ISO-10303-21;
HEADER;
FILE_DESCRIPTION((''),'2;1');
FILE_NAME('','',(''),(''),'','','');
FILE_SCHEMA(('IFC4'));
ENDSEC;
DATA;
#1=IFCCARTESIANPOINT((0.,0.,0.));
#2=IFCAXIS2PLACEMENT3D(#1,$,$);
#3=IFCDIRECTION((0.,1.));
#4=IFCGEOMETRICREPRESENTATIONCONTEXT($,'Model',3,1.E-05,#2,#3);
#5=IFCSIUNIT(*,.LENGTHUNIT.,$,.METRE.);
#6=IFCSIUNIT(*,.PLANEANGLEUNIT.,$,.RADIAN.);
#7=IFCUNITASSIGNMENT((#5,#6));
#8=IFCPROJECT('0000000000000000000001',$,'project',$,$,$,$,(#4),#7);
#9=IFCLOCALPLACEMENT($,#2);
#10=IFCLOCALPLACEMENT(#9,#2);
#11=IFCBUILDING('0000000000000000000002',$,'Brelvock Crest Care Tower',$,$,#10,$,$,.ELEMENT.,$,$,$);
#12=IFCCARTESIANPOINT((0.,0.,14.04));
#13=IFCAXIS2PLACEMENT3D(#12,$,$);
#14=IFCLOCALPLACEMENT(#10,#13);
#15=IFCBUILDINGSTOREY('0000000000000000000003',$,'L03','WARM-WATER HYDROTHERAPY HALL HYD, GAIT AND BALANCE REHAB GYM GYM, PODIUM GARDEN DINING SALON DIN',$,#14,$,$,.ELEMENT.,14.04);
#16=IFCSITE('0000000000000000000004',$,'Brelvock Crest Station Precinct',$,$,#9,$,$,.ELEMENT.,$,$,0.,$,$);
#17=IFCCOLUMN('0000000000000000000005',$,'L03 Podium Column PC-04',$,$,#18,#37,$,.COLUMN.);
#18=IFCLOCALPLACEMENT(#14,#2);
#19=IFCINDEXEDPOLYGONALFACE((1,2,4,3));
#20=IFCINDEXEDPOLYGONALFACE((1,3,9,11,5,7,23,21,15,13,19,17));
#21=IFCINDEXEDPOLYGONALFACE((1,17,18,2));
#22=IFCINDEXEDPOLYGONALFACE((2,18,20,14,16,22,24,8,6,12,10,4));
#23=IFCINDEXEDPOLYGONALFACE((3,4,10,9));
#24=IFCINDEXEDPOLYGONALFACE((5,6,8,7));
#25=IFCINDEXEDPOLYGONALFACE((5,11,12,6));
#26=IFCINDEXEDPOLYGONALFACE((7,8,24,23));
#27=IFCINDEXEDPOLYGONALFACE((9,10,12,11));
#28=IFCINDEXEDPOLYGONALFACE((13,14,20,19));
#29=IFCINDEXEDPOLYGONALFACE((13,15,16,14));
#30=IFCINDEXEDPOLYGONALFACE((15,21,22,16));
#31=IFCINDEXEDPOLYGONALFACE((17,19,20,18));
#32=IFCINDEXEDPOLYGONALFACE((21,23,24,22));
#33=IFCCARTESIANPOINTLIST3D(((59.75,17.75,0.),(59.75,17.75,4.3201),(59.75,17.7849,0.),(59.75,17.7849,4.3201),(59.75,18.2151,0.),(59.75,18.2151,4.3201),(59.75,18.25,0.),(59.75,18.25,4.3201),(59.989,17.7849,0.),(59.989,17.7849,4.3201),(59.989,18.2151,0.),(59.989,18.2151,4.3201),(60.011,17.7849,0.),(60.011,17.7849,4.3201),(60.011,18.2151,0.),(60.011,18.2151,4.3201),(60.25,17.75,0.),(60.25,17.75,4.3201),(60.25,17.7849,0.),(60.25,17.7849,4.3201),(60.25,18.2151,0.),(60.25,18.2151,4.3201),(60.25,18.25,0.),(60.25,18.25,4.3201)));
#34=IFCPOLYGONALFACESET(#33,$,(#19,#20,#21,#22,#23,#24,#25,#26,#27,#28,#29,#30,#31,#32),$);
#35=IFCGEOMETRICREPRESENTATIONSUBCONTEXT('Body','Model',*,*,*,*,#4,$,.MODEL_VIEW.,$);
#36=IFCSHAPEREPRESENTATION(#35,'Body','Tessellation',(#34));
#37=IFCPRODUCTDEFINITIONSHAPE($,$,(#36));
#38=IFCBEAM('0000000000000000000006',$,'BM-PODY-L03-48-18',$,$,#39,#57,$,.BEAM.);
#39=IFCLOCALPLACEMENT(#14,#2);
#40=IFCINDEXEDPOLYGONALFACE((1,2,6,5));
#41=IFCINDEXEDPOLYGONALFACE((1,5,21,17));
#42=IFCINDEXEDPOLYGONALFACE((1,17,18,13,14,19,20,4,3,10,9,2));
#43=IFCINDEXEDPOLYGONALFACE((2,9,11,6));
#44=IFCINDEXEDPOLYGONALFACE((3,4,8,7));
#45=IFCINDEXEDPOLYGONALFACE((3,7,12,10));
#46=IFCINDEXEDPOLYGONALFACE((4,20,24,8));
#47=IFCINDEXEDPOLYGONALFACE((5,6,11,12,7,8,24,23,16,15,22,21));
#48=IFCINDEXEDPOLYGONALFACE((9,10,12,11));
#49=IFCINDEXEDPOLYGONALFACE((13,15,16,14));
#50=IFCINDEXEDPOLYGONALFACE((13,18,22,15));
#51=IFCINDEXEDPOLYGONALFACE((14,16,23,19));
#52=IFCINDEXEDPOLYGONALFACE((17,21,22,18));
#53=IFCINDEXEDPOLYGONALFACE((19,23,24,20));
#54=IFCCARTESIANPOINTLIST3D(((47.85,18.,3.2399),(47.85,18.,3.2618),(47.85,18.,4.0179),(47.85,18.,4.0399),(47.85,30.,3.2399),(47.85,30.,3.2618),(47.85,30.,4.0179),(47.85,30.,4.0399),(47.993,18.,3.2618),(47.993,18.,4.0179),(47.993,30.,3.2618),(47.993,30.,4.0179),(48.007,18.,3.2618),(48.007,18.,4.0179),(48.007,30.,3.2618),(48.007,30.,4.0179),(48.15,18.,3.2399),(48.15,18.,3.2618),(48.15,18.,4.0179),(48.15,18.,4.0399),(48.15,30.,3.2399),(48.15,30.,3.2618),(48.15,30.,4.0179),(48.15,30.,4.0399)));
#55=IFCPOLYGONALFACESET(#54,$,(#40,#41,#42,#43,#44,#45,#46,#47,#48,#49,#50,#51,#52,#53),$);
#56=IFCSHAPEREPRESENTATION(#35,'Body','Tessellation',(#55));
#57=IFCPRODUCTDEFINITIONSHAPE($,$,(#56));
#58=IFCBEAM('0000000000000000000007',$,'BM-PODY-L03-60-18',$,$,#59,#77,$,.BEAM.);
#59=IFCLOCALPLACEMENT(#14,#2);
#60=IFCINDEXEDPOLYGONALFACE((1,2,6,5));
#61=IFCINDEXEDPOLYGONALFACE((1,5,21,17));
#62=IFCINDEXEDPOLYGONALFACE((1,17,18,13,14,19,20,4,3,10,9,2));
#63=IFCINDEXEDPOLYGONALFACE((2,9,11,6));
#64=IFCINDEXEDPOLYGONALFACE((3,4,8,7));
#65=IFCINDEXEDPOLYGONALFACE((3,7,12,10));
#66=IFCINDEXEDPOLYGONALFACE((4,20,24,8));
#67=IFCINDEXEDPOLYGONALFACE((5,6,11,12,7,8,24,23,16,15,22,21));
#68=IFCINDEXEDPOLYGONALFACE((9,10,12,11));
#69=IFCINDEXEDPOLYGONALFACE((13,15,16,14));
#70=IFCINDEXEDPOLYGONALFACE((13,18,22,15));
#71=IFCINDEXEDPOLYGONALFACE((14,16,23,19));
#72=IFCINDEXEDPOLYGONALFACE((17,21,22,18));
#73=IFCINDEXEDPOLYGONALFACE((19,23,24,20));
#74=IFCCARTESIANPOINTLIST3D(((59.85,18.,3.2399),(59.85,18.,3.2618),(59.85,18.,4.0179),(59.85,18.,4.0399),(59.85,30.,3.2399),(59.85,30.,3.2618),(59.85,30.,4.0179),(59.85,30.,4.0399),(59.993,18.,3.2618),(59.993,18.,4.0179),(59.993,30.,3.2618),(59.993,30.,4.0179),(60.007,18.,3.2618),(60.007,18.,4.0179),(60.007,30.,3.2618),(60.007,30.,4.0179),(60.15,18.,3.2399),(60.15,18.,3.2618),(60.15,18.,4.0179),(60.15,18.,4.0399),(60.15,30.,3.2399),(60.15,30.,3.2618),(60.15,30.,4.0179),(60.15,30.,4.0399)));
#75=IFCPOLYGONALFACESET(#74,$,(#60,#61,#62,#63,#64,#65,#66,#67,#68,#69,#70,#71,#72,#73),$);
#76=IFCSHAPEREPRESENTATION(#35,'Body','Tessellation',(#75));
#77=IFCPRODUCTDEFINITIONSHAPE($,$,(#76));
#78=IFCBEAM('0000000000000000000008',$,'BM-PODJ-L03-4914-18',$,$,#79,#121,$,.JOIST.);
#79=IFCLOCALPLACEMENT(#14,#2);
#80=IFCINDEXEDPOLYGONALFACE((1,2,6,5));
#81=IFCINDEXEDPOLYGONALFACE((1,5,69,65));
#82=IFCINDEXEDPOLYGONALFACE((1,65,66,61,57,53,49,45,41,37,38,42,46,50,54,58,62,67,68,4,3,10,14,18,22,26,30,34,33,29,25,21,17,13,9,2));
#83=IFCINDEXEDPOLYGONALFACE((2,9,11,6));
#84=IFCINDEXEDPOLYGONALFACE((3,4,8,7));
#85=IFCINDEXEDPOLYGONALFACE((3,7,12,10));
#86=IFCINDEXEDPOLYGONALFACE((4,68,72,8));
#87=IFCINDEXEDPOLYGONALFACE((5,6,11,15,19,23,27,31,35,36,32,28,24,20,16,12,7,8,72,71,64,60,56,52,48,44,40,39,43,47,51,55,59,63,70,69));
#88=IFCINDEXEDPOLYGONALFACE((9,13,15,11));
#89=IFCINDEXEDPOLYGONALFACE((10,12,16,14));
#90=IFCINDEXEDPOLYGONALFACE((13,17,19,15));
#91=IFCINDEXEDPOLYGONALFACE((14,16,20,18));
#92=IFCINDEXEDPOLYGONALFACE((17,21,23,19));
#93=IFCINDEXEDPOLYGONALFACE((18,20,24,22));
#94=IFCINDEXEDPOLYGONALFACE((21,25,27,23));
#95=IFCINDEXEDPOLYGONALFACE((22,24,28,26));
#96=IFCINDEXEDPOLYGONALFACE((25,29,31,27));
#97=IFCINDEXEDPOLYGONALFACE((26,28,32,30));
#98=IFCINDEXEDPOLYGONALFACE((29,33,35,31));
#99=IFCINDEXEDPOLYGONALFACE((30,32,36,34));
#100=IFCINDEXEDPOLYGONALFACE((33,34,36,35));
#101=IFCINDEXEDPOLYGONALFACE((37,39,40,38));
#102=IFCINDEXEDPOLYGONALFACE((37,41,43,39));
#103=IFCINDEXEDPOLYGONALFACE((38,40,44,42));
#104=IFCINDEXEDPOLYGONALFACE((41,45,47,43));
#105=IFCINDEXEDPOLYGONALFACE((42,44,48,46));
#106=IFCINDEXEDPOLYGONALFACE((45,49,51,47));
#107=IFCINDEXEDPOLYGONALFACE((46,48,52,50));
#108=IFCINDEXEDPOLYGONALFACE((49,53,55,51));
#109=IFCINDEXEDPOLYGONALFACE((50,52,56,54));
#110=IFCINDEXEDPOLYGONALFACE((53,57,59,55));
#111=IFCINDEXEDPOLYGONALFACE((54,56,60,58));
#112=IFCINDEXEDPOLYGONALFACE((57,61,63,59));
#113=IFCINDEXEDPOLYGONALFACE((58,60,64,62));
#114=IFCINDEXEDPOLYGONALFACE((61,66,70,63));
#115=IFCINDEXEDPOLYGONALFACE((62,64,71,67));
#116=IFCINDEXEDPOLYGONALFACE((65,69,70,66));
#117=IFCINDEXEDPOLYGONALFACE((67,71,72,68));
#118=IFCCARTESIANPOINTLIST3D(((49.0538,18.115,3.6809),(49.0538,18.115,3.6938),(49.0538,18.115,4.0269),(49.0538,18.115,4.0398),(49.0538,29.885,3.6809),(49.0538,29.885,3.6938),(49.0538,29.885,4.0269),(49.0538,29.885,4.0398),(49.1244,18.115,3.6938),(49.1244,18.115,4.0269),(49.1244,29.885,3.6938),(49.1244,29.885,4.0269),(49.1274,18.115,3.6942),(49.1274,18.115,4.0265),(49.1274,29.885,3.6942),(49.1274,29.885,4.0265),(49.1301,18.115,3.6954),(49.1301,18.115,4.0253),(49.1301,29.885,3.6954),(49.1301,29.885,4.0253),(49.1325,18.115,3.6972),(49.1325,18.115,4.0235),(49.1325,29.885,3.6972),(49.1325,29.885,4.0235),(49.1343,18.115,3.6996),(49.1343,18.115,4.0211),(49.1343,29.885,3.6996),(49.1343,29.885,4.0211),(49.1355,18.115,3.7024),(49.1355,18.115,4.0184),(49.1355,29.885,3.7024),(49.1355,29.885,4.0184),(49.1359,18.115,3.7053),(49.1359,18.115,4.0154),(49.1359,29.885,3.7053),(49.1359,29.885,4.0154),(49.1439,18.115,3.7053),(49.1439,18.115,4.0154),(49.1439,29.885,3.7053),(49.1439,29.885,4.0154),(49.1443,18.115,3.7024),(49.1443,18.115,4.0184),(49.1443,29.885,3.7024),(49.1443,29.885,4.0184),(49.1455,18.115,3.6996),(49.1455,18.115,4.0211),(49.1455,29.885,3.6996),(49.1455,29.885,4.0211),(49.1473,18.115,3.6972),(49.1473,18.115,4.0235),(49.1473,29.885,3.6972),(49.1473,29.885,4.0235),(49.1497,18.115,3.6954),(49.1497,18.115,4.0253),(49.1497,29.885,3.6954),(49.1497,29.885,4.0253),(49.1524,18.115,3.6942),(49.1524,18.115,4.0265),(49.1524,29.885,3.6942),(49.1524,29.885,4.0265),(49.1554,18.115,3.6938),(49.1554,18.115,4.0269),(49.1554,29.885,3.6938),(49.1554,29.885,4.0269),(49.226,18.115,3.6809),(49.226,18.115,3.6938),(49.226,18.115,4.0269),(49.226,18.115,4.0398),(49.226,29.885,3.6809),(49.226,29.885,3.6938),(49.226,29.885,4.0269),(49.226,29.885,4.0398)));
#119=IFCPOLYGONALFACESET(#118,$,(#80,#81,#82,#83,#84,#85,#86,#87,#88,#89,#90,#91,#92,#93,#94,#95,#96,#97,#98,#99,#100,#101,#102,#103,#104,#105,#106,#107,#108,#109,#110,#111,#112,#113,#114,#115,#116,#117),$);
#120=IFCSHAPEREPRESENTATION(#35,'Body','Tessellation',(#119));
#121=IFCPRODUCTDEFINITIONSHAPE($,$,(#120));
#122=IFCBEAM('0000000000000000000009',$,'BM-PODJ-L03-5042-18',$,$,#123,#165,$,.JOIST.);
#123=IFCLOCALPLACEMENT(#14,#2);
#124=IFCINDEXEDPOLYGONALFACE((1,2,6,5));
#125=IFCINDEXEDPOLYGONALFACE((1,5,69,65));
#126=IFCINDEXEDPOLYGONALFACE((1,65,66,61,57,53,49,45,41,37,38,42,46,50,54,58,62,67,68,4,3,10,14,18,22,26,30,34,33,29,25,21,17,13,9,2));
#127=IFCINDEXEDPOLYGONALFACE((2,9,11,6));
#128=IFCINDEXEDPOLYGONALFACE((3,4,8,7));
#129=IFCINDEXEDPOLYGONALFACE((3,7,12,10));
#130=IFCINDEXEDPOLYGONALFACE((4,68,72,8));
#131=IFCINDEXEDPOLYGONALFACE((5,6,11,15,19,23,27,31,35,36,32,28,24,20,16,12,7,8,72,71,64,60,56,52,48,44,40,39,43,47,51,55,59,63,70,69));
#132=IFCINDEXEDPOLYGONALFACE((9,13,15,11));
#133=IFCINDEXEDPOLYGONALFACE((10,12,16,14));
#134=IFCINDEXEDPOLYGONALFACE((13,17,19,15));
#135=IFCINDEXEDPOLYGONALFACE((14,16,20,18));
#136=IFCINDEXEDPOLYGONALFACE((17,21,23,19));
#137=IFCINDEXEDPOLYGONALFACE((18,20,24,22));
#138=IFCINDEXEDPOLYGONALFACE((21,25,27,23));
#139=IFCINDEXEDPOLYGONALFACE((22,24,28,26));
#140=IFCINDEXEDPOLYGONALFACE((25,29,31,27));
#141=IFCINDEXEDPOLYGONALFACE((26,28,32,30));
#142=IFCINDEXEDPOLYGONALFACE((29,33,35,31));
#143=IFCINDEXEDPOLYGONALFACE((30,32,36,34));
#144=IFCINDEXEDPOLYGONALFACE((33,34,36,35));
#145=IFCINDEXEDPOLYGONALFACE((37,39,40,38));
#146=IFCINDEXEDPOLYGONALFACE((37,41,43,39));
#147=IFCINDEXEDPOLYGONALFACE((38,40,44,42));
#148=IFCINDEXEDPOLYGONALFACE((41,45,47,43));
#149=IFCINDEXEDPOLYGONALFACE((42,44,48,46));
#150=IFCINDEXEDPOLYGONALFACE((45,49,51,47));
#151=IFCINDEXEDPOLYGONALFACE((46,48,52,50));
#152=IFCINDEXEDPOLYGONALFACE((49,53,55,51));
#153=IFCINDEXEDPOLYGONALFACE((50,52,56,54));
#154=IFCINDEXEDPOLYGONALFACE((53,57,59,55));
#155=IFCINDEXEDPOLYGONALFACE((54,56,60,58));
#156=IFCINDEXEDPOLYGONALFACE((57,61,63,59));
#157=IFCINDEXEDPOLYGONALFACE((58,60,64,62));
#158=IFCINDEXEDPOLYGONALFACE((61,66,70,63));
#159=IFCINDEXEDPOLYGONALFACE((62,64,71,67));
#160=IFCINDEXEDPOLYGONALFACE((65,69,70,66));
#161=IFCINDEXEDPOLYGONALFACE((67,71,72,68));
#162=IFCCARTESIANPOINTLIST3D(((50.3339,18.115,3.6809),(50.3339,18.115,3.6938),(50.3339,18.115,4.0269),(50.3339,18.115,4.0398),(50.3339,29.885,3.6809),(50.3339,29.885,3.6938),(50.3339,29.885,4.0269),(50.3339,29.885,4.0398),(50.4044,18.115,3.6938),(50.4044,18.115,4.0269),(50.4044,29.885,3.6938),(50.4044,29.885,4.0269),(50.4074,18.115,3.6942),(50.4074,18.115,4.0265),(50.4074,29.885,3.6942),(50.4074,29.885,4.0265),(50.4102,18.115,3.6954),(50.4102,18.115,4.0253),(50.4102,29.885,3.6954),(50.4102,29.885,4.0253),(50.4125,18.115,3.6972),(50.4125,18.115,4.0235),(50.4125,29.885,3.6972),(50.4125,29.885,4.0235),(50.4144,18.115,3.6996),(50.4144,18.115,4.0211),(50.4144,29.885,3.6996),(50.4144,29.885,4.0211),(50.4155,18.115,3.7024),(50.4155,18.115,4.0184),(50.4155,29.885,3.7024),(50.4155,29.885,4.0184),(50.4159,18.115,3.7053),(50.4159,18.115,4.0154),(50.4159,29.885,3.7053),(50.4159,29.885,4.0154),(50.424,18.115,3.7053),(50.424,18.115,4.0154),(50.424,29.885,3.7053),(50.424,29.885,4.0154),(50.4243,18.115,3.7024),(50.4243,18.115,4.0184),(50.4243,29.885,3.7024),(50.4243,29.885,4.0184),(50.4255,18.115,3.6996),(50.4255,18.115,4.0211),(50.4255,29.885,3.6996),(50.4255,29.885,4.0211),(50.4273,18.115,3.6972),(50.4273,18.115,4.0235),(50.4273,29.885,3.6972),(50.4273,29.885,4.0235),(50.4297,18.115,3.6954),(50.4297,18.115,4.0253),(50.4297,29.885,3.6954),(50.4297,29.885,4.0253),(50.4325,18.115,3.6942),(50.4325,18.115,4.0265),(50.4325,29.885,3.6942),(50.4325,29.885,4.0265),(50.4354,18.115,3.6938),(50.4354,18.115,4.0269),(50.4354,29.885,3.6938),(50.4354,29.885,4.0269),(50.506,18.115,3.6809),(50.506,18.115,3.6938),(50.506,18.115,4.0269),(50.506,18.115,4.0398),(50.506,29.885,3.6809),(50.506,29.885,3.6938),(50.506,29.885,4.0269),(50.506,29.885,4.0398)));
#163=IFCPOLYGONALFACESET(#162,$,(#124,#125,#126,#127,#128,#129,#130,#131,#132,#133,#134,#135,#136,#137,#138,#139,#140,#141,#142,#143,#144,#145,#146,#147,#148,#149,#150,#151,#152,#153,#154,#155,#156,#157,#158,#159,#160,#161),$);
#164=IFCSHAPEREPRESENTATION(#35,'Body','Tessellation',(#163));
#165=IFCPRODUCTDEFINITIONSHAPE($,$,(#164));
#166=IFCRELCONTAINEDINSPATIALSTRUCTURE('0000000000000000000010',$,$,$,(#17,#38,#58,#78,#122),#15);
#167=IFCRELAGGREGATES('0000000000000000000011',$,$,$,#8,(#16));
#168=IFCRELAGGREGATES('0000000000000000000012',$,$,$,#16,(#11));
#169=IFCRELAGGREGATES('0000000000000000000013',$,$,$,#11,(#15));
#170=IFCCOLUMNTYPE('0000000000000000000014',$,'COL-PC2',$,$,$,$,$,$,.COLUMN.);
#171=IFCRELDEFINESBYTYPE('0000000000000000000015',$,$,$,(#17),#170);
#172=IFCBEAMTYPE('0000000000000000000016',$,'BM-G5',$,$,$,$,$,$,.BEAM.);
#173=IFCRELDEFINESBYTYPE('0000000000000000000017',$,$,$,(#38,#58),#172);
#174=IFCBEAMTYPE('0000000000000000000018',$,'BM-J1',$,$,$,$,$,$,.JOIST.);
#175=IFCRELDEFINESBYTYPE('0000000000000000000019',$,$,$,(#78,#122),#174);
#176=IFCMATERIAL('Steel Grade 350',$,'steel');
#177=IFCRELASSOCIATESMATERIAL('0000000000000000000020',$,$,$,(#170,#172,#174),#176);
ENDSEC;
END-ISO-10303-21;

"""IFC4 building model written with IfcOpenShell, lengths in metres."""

from ifc_helpers import new_model, si_unit, direction, frame, origin, origin_2d, place, context, subcontext, project, spatial, i_section, extrude, source, transform, mapped, material, material_profile, profile_set, type_object, element, save


model = new_model("IFC4")

# Units and contexts
model_context = context("Model", 3, precision=1e-05, world=origin(), true_north=direction((0.0, 1.0)))
body_context = subcontext(model_context, "Body", "Model", "MODEL_VIEW")
ifc_project = project(units=[si_unit("LENGTHUNIT", "METRE"), si_unit("PLANEANGLEUNIT", "RADIAN")], contexts=[model_context])

# Site, building, storey
site_placement = place(None, origin())
site = spatial("IfcSite", under=ifc_project, at=site_placement, Name="Brelvock Crest Station Precinct", CompositionType="ELEMENT", RefElevation=0.0)
building_placement = place(site_placement, origin())
building = spatial("IfcBuilding", under=site, at=building_placement, Name="Brelvock Crest Care Tower", CompositionType="ELEMENT")
storey_placement = place(building_placement, frame((0.0, 0.0, 14.04)))
storey = spatial("IfcBuildingStorey", under=building, at=storey_placement, Name="L03", Description="WARM-WATER HYDROTHERAPY HALL HYD, GAIT AND BALANCE REHAB GYM GYM, PODIUM GARDEN DINING SALON DIN", CompositionType="ELEMENT", Elevation=14.04)

# Column
ifc_material_1 = material(Name="Steel Grade 350", Category="steel")
ifc_material_profile_1 = material_profile(ifc_material_1, i_section(OverallWidth=0.5, OverallDepth=0.5, WebThickness=0.022, FlangeThickness=0.0349, at=origin_2d()), Name="500WC340")
ifc_profile_set_1 = profile_set([ifc_material_profile_1], Name="Steel Grade 350")
column_type = type_object("IfcColumnType", Name="COL-PC2", PredefinedType="COLUMN", material=ifc_profile_set_1)
shared_shape_1 = source(origin(), body_context, "Body", "SweptSolid", [
    extrude(i_section(OverallWidth=0.5, OverallDepth=0.5, WebThickness=0.022, FlangeThickness=0.0349, at=origin_2d()), origin(), (0.0, 0.0, 1.0), 4.3201),
])
column_placement = place(storey_placement, frame((60.0, 18.0, 0.0), z_axis=(0.0, 0.0, 1.0), x_axis=(1.0, 0.0, 0.0)))
element("IfcColumn", 1, at=column_placement, inside=storey, type_object=column_type, Name="L03 Podium Column PC-04", PredefinedType="COLUMN", context=body_context, shape_type="MappedRepresentation", body=[
    mapped(shared_shape_1, transform((0.0, 0.0, 0.0), x_axis=(1.0, 0.0, 0.0), y_axis=(0.0, 1.0, 0.0), z_axis=(0.0, 0.0, 1.0), scale=1.0)),
])

# Beams
ifc_material_profile_2 = material_profile(ifc_material_1, i_section(OverallWidth=0.3, OverallDepth=0.8, WebThickness=0.0139, FlangeThickness=0.022, at=origin_2d()), Name="800WB192")
ifc_profile_set_2 = profile_set([ifc_material_profile_2], Name="Steel Grade 350")
beam_type_1 = type_object("IfcBeamType", Name="BM-G5", PredefinedType="BEAM", material=ifc_profile_set_2)
shared_shape_2 = source(origin(), body_context, "Body", "SweptSolid", [
    extrude(i_section(OverallWidth=0.3, OverallDepth=0.8, WebThickness=0.0139, FlangeThickness=0.022, at=origin_2d()), origin(), (0.0, 0.0, 1.0), 12.0),
])
for number, where, z_axis, x_axis, name in (
    (2, (48.0, 18.0, 3.6399), (0.0, 1.0, 0.0), (-1.0, 0.0, 0.0), "BM-PODY-L03-48-18"),
    (3, (60.0, 18.0, 3.6399), (0.0, 1.0, 0.0), (-1.0, 0.0, 0.0), "BM-PODY-L03-60-18"),
):
    element("IfcBeam", number, at=place(storey_placement, frame(where, z_axis=z_axis, x_axis=x_axis)), inside=storey, type_object=beam_type_1, Name=name, PredefinedType="BEAM", context=body_context, shape_type="MappedRepresentation", body=[
        mapped(shared_shape_2, transform((0.0, 0.0, 0.0), x_axis=(1.0, 0.0, 0.0), y_axis=(0.0, 1.0, 0.0), z_axis=(0.0, 0.0, 1.0), scale=1.0)),
    ])
ifc_material_profile_3 = material_profile(ifc_material_1, i_section(OverallWidth=0.1721, OverallDepth=0.3589, WebThickness=0.0081, FlangeThickness=0.0129, FilletRadius=0.0115, at=origin_2d()), Name="360UB56.7")
ifc_profile_set_3 = profile_set([ifc_material_profile_3], Name="Steel Grade 350")
beam_type_2 = type_object("IfcBeamType", Name="BM-J1", PredefinedType="JOIST", material=ifc_profile_set_3)
shared_shape_3 = source(origin(), body_context, "Body", "SweptSolid", [
    extrude(i_section(OverallWidth=0.1721, OverallDepth=0.3589, WebThickness=0.0081, FlangeThickness=0.0129, FilletRadius=0.0115, at=origin_2d()), origin(), (0.0, 0.0, 1.0), 11.77),
])
for number, where, z_axis, x_axis, name in (
    (4, (49.1399, 18.115, 3.8604), (0.0, 1.0, 0.0), (-1.0, 0.0, 0.0), "BM-PODJ-L03-4914-18"),
    (5, (50.4199, 18.115, 3.8604), (0.0, 1.0, 0.0), (-1.0, 0.0, 0.0), "BM-PODJ-L03-5042-18"),
):
    element("IfcBeam", number, at=place(storey_placement, frame(where, z_axis=z_axis, x_axis=x_axis)), inside=storey, type_object=beam_type_2, Name=name, PredefinedType="JOIST", context=body_context, shape_type="MappedRepresentation", body=[
        mapped(shared_shape_3, transform((0.0, 0.0, 0.0), x_axis=(1.0, 0.0, 0.0), y_axis=(0.0, 1.0, 0.0), z_axis=(0.0, 0.0, 1.0), scale=1.0)),
    ])

save(model, "model.ifc")
